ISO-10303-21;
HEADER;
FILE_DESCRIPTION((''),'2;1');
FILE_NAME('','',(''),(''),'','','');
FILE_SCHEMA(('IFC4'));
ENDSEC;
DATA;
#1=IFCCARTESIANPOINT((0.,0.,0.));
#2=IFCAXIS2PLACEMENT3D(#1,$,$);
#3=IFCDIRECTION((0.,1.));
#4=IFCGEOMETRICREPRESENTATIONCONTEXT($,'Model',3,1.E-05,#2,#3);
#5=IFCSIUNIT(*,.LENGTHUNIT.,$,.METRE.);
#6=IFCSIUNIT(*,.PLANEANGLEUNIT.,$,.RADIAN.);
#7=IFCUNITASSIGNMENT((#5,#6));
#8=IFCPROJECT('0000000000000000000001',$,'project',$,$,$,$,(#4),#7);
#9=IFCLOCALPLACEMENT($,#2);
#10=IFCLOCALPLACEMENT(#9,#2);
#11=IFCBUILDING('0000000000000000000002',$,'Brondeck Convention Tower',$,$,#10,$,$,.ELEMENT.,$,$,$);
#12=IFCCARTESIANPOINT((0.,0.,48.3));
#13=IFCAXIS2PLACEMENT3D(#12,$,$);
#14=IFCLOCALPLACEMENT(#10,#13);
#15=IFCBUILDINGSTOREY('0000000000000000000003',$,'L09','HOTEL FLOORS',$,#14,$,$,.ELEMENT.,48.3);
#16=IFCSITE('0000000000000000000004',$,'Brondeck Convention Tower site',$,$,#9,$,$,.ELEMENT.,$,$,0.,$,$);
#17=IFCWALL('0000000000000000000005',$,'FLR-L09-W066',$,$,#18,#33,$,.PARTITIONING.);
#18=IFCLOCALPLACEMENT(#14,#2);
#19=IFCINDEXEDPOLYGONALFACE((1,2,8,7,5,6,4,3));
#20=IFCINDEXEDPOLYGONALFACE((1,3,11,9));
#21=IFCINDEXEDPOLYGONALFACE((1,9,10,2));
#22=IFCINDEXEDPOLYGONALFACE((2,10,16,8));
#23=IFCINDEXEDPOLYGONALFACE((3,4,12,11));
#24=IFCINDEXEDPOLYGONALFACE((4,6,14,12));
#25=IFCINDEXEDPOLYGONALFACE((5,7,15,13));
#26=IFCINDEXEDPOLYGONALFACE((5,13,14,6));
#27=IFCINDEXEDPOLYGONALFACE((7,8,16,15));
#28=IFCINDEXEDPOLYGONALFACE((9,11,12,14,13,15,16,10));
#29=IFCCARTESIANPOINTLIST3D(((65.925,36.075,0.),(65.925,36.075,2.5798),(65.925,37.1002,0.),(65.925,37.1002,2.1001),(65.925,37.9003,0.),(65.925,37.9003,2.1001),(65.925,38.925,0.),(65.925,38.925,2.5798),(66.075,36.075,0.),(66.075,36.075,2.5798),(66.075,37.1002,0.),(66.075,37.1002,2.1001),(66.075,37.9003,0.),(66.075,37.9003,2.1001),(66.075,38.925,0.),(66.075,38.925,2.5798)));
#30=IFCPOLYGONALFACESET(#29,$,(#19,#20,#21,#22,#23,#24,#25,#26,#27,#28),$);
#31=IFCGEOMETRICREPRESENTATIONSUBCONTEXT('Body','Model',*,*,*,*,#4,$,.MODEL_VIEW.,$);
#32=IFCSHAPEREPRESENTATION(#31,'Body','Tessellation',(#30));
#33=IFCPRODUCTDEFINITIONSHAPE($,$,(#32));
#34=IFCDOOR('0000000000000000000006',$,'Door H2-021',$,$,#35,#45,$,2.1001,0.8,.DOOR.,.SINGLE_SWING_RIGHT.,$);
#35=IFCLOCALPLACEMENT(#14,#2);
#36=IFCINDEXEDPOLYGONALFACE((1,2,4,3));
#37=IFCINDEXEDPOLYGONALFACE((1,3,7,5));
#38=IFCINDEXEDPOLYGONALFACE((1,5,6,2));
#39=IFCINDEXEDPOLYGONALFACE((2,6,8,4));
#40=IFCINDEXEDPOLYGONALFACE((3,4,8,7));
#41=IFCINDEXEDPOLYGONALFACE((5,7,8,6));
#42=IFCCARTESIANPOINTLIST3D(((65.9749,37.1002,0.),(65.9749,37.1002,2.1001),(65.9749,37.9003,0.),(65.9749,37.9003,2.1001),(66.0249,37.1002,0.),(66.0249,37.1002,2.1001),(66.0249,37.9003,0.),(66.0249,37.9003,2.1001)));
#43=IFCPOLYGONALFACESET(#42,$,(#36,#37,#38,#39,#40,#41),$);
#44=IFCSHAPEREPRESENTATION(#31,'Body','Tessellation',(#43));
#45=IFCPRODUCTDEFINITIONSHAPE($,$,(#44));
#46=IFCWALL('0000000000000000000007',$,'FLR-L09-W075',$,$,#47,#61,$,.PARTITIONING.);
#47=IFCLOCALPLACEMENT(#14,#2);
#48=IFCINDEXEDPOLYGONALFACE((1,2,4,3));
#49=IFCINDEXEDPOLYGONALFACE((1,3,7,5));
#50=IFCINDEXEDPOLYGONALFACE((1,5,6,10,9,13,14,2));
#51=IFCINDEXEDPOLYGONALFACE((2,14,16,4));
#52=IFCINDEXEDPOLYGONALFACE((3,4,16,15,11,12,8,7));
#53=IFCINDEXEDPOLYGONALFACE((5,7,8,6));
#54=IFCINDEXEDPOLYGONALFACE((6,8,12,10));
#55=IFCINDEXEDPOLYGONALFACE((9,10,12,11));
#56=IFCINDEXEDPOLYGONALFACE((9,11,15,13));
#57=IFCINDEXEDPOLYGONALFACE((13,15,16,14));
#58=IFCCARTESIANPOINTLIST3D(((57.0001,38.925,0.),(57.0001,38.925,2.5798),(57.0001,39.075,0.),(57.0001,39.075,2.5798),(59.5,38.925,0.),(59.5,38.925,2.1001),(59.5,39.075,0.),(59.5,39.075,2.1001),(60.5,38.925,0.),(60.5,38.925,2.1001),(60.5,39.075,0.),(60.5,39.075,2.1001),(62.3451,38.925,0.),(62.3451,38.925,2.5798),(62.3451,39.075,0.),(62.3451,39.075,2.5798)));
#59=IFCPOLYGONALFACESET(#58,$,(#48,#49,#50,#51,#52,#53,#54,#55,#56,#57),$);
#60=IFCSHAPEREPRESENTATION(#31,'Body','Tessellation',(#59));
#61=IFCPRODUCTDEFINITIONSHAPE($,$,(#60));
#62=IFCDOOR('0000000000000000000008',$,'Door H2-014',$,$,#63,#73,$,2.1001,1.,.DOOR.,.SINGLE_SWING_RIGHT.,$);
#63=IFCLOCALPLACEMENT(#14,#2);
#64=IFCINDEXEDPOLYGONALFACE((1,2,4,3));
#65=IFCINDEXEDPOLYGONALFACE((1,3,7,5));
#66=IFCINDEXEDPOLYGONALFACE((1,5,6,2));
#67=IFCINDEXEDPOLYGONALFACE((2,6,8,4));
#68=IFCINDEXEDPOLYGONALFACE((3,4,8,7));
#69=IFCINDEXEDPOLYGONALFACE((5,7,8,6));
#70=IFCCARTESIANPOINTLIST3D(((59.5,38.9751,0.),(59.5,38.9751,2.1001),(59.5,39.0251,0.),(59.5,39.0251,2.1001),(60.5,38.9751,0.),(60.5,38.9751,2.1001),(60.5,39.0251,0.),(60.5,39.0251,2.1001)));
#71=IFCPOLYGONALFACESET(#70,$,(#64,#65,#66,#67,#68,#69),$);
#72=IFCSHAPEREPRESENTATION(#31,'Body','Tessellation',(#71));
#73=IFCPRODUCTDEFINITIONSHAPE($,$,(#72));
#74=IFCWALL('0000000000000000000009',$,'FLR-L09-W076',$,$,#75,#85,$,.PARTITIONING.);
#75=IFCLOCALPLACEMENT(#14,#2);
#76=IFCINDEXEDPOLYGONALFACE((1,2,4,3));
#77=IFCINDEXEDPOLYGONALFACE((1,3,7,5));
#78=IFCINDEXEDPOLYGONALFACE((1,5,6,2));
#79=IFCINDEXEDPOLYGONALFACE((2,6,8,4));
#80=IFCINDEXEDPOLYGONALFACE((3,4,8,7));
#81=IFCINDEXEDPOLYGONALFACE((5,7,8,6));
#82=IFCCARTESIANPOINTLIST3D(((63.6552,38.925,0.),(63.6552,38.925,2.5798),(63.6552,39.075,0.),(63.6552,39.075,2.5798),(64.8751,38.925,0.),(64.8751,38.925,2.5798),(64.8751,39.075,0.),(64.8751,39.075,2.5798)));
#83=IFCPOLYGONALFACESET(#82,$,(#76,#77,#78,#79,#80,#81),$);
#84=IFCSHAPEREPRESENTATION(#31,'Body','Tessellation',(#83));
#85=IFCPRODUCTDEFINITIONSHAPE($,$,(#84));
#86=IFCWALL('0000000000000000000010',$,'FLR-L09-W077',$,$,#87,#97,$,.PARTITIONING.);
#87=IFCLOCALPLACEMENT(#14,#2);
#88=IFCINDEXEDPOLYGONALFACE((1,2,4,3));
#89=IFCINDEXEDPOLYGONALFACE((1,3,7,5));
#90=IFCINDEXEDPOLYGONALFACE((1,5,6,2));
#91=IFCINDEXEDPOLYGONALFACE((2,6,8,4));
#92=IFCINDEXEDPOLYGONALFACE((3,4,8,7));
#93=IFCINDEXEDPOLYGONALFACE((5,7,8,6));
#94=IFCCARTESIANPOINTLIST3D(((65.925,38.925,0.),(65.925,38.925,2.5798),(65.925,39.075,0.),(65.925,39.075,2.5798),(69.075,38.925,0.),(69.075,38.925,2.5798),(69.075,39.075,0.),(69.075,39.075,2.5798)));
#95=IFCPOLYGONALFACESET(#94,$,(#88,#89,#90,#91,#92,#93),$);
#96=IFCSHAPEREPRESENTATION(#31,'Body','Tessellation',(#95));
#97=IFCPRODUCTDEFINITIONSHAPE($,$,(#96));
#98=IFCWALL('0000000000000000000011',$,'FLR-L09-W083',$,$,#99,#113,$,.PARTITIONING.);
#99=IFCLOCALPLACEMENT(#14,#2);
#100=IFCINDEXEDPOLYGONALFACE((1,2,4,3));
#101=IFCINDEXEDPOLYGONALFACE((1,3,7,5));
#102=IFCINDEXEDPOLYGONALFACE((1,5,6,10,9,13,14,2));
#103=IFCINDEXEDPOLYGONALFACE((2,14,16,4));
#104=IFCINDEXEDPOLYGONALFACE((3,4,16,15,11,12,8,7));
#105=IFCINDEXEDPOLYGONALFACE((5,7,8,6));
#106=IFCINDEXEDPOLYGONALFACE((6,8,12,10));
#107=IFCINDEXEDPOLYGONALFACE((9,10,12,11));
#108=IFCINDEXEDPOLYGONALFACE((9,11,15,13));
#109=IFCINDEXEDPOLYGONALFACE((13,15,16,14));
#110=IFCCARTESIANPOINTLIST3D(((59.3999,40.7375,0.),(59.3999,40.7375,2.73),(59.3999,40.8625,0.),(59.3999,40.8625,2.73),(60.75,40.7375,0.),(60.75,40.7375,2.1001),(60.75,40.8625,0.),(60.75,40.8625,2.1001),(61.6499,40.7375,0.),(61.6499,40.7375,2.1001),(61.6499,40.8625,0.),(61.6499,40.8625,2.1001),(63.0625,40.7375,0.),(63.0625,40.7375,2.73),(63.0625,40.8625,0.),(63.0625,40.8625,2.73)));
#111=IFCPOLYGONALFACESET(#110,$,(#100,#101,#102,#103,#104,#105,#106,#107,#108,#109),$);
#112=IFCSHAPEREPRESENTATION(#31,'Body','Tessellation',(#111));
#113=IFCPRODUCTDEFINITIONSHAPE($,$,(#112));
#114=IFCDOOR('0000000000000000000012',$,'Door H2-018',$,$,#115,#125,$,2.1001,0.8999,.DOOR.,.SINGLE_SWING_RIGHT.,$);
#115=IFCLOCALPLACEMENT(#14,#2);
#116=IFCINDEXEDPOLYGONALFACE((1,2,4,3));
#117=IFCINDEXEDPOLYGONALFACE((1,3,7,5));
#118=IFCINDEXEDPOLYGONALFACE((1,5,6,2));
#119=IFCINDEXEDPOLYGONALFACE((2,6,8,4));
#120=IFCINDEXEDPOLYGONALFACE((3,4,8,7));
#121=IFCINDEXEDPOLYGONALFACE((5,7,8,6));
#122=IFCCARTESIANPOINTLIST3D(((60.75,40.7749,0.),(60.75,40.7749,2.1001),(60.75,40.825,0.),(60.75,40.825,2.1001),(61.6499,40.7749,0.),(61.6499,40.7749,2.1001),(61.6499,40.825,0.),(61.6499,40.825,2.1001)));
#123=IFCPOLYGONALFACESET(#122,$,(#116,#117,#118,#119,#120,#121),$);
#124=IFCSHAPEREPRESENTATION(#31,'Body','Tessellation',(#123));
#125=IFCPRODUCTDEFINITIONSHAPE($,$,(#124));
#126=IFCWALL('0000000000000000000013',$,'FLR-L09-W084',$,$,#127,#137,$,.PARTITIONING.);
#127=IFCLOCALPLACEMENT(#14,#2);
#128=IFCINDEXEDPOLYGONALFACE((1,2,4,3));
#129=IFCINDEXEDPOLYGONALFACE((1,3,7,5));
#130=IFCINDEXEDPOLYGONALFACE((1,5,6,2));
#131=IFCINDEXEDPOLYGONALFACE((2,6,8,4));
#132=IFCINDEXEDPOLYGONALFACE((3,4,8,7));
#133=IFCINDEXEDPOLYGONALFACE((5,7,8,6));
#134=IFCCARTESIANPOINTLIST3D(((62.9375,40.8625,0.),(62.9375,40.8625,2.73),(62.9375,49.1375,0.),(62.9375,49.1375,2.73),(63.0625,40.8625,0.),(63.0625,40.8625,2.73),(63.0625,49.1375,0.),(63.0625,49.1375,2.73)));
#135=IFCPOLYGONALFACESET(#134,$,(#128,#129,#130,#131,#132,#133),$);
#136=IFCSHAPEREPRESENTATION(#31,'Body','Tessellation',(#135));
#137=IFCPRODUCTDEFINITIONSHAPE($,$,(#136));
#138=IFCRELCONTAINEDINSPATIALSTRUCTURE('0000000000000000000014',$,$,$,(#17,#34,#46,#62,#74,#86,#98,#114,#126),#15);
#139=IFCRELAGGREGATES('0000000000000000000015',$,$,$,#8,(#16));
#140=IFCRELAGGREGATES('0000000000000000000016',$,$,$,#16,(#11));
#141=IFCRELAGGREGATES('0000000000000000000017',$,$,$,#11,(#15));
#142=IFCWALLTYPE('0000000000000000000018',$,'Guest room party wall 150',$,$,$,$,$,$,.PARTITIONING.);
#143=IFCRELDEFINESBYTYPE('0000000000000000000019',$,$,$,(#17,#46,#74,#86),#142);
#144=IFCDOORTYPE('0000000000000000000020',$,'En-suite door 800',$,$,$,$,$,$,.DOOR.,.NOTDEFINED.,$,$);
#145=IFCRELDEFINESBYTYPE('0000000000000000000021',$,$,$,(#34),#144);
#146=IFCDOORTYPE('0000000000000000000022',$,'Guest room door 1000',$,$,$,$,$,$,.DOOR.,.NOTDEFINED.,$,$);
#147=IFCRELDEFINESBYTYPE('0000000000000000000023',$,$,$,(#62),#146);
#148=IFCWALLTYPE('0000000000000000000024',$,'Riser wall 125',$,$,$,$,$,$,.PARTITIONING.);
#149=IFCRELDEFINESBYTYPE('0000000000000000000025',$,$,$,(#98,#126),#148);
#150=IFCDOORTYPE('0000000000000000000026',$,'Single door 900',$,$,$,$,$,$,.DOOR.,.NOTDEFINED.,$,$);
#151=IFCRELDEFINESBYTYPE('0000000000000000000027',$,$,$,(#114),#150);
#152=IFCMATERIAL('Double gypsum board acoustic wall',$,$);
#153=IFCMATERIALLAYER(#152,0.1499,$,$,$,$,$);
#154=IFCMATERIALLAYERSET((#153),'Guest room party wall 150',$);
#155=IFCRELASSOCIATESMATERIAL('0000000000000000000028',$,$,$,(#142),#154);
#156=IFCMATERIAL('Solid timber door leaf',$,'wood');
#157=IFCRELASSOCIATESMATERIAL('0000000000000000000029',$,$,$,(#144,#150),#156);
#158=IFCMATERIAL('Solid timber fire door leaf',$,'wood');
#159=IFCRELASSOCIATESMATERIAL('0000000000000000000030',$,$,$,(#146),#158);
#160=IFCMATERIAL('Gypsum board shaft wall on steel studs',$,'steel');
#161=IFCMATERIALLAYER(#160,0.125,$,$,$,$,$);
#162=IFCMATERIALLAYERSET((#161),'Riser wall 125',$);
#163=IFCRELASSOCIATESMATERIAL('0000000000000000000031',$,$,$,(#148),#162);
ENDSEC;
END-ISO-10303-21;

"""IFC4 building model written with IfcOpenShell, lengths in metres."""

from ifc_helpers import new_model, si_unit, direction, frame, frame_2d, origin, place, context, subcontext, project, spatial, rectangle, extrude, material, layer, layer_set, type_object, element, fill, save


model = new_model("IFC4")

# Units and contexts
model_context = context("Model", 3, precision=1e-05, world=origin(), true_north=direction((0.0, 1.0)))
body_context = subcontext(model_context, "Body", "Model", "MODEL_VIEW")
ifc_project = project(units=[si_unit("LENGTHUNIT", "METRE"), si_unit("PLANEANGLEUNIT", "RADIAN")], contexts=[model_context])

# Site, building, storey
site_placement = place(None, origin())
site = spatial("IfcSite", under=ifc_project, at=site_placement, Name="Brondeck Convention Tower site", CompositionType="ELEMENT", RefElevation=0.0)
building_placement = place(site_placement, origin())
building = spatial("IfcBuilding", under=site, at=building_placement, Name="Brondeck Convention Tower", CompositionType="ELEMENT")
storey_placement = place(building_placement, frame((0.0, 0.0, 48.3)))
storey = spatial("IfcBuildingStorey", under=building, at=storey_placement, Name="L09", Description="HOTEL FLOORS", CompositionType="ELEMENT", Elevation=48.3)

# Shared definitions
ifc_material_1 = material(Name="Double gypsum board acoustic wall")
ifc_layer_1 = layer(ifc_material_1, 0.1499)
ifc_layer_set_1 = layer_set([ifc_layer_1], Name="Guest room party wall 150")
wall_type_1 = type_object("IfcWallType", Name="Guest room party wall 150", PredefinedType="PARTITIONING", material=ifc_layer_set_1)

# Walls, openings, doors
wall_1_placement = place(storey_placement, frame((66.0, 38.925, 0.0), z_axis=(0.0, 0.0, 1.0), x_axis=(0.0, -1.0, 0.0)))
wall_1 = element("IfcWall", 1, at=wall_1_placement, inside=storey, type_object=wall_type_1, Name="FLR-L09-W066", PredefinedType="PARTITIONING", context=body_context, shape_type="SweptSolid", body=[
    extrude(rectangle(XDim=2.8501, YDim=0.1499, at=frame_2d((1.425, 0.0))), origin(), (0.0, 0.0, 1.0), 2.5798),
])
opening_1_placement = place(wall_1_placement, frame((1.0249, 0.0, 0.0)))
opening_1 = element("IfcOpeningElement", 2, at=opening_1_placement, cuts=wall_1, PredefinedType="OPENING", context=body_context, shape_type="SweptSolid", body=[
    extrude(rectangle(XDim=0.8, YDim=2.1001, at=frame_2d((0.3999, 1.05))), frame((0.0, 0.085, 0.0), z_axis=(0.0, -1.0, 0.0), x_axis=(1.0, 0.0, 0.0)), (0.0, 0.0, 1.0), 0.1699),
])
ifc_material_2 = material(Name="Solid timber door leaf", Category="wood")
door_type_1 = type_object("IfcDoorType", Name="En-suite door 800", OperationType="NOTDEFINED", PredefinedType="DOOR", material=ifc_material_2)
door_1_placement = place(opening_1_placement, origin())
door_1 = element("IfcDoor", 3, at=door_1_placement, inside=storey, type_object=door_type_1, Name="Door H2-021", OperationType="SINGLE_SWING_RIGHT", OverallHeight=2.1001, OverallWidth=0.8, PredefinedType="DOOR", context=body_context, shape_type="SweptSolid", body=[
    extrude(rectangle(XDim=0.8, YDim=2.1001, at=frame_2d((0.3999, 1.05))), frame((0.0, 0.0249, 0.0), z_axis=(0.0, -1.0, 0.0), x_axis=(1.0, 0.0, 0.0)), (0.0, 0.0, 1.0), 0.05),
])
fill(opening_1, door_1)
wall_2_placement = place(storey_placement, frame((62.345, 39.0, 0.0), z_axis=(0.0, 0.0, 1.0), x_axis=(-1.0, 0.0, 0.0)))
wall_2 = element("IfcWall", 4, at=wall_2_placement, inside=storey, type_object=wall_type_1, Name="FLR-L09-W075", PredefinedType="PARTITIONING", context=body_context, shape_type="SweptSolid", body=[
    extrude(rectangle(XDim=5.345, YDim=0.1499, at=frame_2d((2.6724, 0.0))), origin(), (0.0, 0.0, 1.0), 2.5798),
])
opening_2_placement = place(wall_2_placement, frame((1.845, 0.0, 0.0)))
opening_2 = element("IfcOpeningElement", 5, at=opening_2_placement, cuts=wall_2, PredefinedType="OPENING", context=body_context, shape_type="SweptSolid", body=[
    extrude(rectangle(XDim=1.0, YDim=2.1001, at=frame_2d((0.5, 1.05))), frame((0.0, 0.085, 0.0), z_axis=(0.0, -1.0, 0.0), x_axis=(1.0, 0.0, 0.0)), (0.0, 0.0, 1.0), 0.1699),
])
ifc_material_3 = material(Name="Solid timber fire door leaf", Category="wood")
door_type_2 = type_object("IfcDoorType", Name="Guest room door 1000", OperationType="NOTDEFINED", PredefinedType="DOOR", material=ifc_material_3)
door_2_placement = place(opening_2_placement, origin())
door_2 = element("IfcDoor", 6, at=door_2_placement, inside=storey, type_object=door_type_2, Name="Door H2-014", OperationType="SINGLE_SWING_RIGHT", OverallHeight=2.1001, OverallWidth=1.0, PredefinedType="DOOR", context=body_context, shape_type="SweptSolid", body=[
    extrude(rectangle(XDim=1.0, YDim=2.1001, at=frame_2d((0.5, 1.05))), frame((0.0, 0.0249, 0.0), z_axis=(0.0, -1.0, 0.0), x_axis=(1.0, 0.0, 0.0)), (0.0, 0.0, 1.0), 0.05),
])
fill(opening_2, door_2)

# Walls
wall_3_placement = place(storey_placement, frame((64.875, 39.0, 0.0), z_axis=(0.0, 0.0, 1.0), x_axis=(-1.0, 0.0, 0.0)))
element("IfcWall", 7, at=wall_3_placement, inside=storey, type_object=wall_type_1, Name="FLR-L09-W076", PredefinedType="PARTITIONING", context=body_context, shape_type="SweptSolid", body=[
    extrude(rectangle(XDim=1.22, YDim=0.1499, at=frame_2d((0.6099, 0.0))), origin(), (0.0, 0.0, 1.0), 2.5798),
])
wall_4_placement = place(storey_placement, frame((69.075, 39.0, 0.0), z_axis=(0.0, 0.0, 1.0), x_axis=(-1.0, 0.0, 0.0)))
element("IfcWall", 8, at=wall_4_placement, inside=storey, type_object=wall_type_1, Name="FLR-L09-W077", PredefinedType="PARTITIONING", context=body_context, shape_type="SweptSolid", body=[
    extrude(rectangle(XDim=3.1499, YDim=0.1499, at=frame_2d((1.575, 0.0))), origin(), (0.0, 0.0, 1.0), 2.5798),
])

# Wall, opening, door
ifc_material_4 = material(Name="Gypsum board shaft wall on steel studs", Category="steel")
ifc_layer_2 = layer(ifc_material_4, 0.125)
ifc_layer_set_2 = layer_set([ifc_layer_2], Name="Riser wall 125")
wall_type_2 = type_object("IfcWallType", Name="Riser wall 125", PredefinedType="PARTITIONING", material=ifc_layer_set_2)
wall_5_placement = place(storey_placement, frame((59.3999, 40.8, 0.0), z_axis=(0.0, 0.0, 1.0), x_axis=(1.0, 0.0, 0.0)))
wall_5 = element("IfcWall", 9, at=wall_5_placement, inside=storey, type_object=wall_type_2, Name="FLR-L09-W083", PredefinedType="PARTITIONING", context=body_context, shape_type="SweptSolid", body=[
    extrude(rectangle(XDim=3.6626, YDim=0.125, at=frame_2d((1.8313, 0.0))), origin(), (0.0, 0.0, 1.0), 2.73),
])
opening_3_placement = place(wall_5_placement, frame((1.3501, 0.0, 0.0)))
opening_3 = element("IfcOpeningElement", 10, at=opening_3_placement, cuts=wall_5, PredefinedType="OPENING", context=body_context, shape_type="SweptSolid", body=[
    extrude(rectangle(XDim=0.8999, YDim=2.1001, at=frame_2d((0.45, 1.05))), frame((0.0, 0.0725, 0.0), z_axis=(0.0, -1.0, 0.0), x_axis=(1.0, 0.0, 0.0)), (0.0, 0.0, 1.0), 0.145),
])
door_type_3 = type_object("IfcDoorType", Name="Single door 900", OperationType="NOTDEFINED", PredefinedType="DOOR", material=ifc_material_2)
door_3_placement = place(opening_3_placement, origin())
door_3 = element("IfcDoor", 11, at=door_3_placement, inside=storey, type_object=door_type_3, Name="Door H2-018", OperationType="SINGLE_SWING_RIGHT", OverallHeight=2.1001, OverallWidth=0.8999, PredefinedType="DOOR", context=body_context, shape_type="SweptSolid", body=[
    extrude(rectangle(XDim=0.8999, YDim=2.1001, at=frame_2d((0.45, 1.05))), frame((0.0, 0.0249, 0.0), z_axis=(0.0, -1.0, 0.0), x_axis=(1.0, 0.0, 0.0)), (0.0, 0.0, 1.0), 0.05),
])
fill(opening_3, door_3)

# Wall
wall_6_placement = place(storey_placement, frame((63.0, 40.8625, 0.0), z_axis=(0.0, 0.0, 1.0), x_axis=(0.0, 1.0, 0.0)))
element("IfcWall", 12, at=wall_6_placement, inside=storey, type_object=wall_type_2, Name="FLR-L09-W084", PredefinedType="PARTITIONING", context=body_context, shape_type="SweptSolid", body=[
    extrude(rectangle(XDim=8.2749, YDim=0.125, at=frame_2d((4.1375, 0.0))), origin(), (0.0, 0.0, 1.0), 2.73),
])

save(model, "model.ifc")
